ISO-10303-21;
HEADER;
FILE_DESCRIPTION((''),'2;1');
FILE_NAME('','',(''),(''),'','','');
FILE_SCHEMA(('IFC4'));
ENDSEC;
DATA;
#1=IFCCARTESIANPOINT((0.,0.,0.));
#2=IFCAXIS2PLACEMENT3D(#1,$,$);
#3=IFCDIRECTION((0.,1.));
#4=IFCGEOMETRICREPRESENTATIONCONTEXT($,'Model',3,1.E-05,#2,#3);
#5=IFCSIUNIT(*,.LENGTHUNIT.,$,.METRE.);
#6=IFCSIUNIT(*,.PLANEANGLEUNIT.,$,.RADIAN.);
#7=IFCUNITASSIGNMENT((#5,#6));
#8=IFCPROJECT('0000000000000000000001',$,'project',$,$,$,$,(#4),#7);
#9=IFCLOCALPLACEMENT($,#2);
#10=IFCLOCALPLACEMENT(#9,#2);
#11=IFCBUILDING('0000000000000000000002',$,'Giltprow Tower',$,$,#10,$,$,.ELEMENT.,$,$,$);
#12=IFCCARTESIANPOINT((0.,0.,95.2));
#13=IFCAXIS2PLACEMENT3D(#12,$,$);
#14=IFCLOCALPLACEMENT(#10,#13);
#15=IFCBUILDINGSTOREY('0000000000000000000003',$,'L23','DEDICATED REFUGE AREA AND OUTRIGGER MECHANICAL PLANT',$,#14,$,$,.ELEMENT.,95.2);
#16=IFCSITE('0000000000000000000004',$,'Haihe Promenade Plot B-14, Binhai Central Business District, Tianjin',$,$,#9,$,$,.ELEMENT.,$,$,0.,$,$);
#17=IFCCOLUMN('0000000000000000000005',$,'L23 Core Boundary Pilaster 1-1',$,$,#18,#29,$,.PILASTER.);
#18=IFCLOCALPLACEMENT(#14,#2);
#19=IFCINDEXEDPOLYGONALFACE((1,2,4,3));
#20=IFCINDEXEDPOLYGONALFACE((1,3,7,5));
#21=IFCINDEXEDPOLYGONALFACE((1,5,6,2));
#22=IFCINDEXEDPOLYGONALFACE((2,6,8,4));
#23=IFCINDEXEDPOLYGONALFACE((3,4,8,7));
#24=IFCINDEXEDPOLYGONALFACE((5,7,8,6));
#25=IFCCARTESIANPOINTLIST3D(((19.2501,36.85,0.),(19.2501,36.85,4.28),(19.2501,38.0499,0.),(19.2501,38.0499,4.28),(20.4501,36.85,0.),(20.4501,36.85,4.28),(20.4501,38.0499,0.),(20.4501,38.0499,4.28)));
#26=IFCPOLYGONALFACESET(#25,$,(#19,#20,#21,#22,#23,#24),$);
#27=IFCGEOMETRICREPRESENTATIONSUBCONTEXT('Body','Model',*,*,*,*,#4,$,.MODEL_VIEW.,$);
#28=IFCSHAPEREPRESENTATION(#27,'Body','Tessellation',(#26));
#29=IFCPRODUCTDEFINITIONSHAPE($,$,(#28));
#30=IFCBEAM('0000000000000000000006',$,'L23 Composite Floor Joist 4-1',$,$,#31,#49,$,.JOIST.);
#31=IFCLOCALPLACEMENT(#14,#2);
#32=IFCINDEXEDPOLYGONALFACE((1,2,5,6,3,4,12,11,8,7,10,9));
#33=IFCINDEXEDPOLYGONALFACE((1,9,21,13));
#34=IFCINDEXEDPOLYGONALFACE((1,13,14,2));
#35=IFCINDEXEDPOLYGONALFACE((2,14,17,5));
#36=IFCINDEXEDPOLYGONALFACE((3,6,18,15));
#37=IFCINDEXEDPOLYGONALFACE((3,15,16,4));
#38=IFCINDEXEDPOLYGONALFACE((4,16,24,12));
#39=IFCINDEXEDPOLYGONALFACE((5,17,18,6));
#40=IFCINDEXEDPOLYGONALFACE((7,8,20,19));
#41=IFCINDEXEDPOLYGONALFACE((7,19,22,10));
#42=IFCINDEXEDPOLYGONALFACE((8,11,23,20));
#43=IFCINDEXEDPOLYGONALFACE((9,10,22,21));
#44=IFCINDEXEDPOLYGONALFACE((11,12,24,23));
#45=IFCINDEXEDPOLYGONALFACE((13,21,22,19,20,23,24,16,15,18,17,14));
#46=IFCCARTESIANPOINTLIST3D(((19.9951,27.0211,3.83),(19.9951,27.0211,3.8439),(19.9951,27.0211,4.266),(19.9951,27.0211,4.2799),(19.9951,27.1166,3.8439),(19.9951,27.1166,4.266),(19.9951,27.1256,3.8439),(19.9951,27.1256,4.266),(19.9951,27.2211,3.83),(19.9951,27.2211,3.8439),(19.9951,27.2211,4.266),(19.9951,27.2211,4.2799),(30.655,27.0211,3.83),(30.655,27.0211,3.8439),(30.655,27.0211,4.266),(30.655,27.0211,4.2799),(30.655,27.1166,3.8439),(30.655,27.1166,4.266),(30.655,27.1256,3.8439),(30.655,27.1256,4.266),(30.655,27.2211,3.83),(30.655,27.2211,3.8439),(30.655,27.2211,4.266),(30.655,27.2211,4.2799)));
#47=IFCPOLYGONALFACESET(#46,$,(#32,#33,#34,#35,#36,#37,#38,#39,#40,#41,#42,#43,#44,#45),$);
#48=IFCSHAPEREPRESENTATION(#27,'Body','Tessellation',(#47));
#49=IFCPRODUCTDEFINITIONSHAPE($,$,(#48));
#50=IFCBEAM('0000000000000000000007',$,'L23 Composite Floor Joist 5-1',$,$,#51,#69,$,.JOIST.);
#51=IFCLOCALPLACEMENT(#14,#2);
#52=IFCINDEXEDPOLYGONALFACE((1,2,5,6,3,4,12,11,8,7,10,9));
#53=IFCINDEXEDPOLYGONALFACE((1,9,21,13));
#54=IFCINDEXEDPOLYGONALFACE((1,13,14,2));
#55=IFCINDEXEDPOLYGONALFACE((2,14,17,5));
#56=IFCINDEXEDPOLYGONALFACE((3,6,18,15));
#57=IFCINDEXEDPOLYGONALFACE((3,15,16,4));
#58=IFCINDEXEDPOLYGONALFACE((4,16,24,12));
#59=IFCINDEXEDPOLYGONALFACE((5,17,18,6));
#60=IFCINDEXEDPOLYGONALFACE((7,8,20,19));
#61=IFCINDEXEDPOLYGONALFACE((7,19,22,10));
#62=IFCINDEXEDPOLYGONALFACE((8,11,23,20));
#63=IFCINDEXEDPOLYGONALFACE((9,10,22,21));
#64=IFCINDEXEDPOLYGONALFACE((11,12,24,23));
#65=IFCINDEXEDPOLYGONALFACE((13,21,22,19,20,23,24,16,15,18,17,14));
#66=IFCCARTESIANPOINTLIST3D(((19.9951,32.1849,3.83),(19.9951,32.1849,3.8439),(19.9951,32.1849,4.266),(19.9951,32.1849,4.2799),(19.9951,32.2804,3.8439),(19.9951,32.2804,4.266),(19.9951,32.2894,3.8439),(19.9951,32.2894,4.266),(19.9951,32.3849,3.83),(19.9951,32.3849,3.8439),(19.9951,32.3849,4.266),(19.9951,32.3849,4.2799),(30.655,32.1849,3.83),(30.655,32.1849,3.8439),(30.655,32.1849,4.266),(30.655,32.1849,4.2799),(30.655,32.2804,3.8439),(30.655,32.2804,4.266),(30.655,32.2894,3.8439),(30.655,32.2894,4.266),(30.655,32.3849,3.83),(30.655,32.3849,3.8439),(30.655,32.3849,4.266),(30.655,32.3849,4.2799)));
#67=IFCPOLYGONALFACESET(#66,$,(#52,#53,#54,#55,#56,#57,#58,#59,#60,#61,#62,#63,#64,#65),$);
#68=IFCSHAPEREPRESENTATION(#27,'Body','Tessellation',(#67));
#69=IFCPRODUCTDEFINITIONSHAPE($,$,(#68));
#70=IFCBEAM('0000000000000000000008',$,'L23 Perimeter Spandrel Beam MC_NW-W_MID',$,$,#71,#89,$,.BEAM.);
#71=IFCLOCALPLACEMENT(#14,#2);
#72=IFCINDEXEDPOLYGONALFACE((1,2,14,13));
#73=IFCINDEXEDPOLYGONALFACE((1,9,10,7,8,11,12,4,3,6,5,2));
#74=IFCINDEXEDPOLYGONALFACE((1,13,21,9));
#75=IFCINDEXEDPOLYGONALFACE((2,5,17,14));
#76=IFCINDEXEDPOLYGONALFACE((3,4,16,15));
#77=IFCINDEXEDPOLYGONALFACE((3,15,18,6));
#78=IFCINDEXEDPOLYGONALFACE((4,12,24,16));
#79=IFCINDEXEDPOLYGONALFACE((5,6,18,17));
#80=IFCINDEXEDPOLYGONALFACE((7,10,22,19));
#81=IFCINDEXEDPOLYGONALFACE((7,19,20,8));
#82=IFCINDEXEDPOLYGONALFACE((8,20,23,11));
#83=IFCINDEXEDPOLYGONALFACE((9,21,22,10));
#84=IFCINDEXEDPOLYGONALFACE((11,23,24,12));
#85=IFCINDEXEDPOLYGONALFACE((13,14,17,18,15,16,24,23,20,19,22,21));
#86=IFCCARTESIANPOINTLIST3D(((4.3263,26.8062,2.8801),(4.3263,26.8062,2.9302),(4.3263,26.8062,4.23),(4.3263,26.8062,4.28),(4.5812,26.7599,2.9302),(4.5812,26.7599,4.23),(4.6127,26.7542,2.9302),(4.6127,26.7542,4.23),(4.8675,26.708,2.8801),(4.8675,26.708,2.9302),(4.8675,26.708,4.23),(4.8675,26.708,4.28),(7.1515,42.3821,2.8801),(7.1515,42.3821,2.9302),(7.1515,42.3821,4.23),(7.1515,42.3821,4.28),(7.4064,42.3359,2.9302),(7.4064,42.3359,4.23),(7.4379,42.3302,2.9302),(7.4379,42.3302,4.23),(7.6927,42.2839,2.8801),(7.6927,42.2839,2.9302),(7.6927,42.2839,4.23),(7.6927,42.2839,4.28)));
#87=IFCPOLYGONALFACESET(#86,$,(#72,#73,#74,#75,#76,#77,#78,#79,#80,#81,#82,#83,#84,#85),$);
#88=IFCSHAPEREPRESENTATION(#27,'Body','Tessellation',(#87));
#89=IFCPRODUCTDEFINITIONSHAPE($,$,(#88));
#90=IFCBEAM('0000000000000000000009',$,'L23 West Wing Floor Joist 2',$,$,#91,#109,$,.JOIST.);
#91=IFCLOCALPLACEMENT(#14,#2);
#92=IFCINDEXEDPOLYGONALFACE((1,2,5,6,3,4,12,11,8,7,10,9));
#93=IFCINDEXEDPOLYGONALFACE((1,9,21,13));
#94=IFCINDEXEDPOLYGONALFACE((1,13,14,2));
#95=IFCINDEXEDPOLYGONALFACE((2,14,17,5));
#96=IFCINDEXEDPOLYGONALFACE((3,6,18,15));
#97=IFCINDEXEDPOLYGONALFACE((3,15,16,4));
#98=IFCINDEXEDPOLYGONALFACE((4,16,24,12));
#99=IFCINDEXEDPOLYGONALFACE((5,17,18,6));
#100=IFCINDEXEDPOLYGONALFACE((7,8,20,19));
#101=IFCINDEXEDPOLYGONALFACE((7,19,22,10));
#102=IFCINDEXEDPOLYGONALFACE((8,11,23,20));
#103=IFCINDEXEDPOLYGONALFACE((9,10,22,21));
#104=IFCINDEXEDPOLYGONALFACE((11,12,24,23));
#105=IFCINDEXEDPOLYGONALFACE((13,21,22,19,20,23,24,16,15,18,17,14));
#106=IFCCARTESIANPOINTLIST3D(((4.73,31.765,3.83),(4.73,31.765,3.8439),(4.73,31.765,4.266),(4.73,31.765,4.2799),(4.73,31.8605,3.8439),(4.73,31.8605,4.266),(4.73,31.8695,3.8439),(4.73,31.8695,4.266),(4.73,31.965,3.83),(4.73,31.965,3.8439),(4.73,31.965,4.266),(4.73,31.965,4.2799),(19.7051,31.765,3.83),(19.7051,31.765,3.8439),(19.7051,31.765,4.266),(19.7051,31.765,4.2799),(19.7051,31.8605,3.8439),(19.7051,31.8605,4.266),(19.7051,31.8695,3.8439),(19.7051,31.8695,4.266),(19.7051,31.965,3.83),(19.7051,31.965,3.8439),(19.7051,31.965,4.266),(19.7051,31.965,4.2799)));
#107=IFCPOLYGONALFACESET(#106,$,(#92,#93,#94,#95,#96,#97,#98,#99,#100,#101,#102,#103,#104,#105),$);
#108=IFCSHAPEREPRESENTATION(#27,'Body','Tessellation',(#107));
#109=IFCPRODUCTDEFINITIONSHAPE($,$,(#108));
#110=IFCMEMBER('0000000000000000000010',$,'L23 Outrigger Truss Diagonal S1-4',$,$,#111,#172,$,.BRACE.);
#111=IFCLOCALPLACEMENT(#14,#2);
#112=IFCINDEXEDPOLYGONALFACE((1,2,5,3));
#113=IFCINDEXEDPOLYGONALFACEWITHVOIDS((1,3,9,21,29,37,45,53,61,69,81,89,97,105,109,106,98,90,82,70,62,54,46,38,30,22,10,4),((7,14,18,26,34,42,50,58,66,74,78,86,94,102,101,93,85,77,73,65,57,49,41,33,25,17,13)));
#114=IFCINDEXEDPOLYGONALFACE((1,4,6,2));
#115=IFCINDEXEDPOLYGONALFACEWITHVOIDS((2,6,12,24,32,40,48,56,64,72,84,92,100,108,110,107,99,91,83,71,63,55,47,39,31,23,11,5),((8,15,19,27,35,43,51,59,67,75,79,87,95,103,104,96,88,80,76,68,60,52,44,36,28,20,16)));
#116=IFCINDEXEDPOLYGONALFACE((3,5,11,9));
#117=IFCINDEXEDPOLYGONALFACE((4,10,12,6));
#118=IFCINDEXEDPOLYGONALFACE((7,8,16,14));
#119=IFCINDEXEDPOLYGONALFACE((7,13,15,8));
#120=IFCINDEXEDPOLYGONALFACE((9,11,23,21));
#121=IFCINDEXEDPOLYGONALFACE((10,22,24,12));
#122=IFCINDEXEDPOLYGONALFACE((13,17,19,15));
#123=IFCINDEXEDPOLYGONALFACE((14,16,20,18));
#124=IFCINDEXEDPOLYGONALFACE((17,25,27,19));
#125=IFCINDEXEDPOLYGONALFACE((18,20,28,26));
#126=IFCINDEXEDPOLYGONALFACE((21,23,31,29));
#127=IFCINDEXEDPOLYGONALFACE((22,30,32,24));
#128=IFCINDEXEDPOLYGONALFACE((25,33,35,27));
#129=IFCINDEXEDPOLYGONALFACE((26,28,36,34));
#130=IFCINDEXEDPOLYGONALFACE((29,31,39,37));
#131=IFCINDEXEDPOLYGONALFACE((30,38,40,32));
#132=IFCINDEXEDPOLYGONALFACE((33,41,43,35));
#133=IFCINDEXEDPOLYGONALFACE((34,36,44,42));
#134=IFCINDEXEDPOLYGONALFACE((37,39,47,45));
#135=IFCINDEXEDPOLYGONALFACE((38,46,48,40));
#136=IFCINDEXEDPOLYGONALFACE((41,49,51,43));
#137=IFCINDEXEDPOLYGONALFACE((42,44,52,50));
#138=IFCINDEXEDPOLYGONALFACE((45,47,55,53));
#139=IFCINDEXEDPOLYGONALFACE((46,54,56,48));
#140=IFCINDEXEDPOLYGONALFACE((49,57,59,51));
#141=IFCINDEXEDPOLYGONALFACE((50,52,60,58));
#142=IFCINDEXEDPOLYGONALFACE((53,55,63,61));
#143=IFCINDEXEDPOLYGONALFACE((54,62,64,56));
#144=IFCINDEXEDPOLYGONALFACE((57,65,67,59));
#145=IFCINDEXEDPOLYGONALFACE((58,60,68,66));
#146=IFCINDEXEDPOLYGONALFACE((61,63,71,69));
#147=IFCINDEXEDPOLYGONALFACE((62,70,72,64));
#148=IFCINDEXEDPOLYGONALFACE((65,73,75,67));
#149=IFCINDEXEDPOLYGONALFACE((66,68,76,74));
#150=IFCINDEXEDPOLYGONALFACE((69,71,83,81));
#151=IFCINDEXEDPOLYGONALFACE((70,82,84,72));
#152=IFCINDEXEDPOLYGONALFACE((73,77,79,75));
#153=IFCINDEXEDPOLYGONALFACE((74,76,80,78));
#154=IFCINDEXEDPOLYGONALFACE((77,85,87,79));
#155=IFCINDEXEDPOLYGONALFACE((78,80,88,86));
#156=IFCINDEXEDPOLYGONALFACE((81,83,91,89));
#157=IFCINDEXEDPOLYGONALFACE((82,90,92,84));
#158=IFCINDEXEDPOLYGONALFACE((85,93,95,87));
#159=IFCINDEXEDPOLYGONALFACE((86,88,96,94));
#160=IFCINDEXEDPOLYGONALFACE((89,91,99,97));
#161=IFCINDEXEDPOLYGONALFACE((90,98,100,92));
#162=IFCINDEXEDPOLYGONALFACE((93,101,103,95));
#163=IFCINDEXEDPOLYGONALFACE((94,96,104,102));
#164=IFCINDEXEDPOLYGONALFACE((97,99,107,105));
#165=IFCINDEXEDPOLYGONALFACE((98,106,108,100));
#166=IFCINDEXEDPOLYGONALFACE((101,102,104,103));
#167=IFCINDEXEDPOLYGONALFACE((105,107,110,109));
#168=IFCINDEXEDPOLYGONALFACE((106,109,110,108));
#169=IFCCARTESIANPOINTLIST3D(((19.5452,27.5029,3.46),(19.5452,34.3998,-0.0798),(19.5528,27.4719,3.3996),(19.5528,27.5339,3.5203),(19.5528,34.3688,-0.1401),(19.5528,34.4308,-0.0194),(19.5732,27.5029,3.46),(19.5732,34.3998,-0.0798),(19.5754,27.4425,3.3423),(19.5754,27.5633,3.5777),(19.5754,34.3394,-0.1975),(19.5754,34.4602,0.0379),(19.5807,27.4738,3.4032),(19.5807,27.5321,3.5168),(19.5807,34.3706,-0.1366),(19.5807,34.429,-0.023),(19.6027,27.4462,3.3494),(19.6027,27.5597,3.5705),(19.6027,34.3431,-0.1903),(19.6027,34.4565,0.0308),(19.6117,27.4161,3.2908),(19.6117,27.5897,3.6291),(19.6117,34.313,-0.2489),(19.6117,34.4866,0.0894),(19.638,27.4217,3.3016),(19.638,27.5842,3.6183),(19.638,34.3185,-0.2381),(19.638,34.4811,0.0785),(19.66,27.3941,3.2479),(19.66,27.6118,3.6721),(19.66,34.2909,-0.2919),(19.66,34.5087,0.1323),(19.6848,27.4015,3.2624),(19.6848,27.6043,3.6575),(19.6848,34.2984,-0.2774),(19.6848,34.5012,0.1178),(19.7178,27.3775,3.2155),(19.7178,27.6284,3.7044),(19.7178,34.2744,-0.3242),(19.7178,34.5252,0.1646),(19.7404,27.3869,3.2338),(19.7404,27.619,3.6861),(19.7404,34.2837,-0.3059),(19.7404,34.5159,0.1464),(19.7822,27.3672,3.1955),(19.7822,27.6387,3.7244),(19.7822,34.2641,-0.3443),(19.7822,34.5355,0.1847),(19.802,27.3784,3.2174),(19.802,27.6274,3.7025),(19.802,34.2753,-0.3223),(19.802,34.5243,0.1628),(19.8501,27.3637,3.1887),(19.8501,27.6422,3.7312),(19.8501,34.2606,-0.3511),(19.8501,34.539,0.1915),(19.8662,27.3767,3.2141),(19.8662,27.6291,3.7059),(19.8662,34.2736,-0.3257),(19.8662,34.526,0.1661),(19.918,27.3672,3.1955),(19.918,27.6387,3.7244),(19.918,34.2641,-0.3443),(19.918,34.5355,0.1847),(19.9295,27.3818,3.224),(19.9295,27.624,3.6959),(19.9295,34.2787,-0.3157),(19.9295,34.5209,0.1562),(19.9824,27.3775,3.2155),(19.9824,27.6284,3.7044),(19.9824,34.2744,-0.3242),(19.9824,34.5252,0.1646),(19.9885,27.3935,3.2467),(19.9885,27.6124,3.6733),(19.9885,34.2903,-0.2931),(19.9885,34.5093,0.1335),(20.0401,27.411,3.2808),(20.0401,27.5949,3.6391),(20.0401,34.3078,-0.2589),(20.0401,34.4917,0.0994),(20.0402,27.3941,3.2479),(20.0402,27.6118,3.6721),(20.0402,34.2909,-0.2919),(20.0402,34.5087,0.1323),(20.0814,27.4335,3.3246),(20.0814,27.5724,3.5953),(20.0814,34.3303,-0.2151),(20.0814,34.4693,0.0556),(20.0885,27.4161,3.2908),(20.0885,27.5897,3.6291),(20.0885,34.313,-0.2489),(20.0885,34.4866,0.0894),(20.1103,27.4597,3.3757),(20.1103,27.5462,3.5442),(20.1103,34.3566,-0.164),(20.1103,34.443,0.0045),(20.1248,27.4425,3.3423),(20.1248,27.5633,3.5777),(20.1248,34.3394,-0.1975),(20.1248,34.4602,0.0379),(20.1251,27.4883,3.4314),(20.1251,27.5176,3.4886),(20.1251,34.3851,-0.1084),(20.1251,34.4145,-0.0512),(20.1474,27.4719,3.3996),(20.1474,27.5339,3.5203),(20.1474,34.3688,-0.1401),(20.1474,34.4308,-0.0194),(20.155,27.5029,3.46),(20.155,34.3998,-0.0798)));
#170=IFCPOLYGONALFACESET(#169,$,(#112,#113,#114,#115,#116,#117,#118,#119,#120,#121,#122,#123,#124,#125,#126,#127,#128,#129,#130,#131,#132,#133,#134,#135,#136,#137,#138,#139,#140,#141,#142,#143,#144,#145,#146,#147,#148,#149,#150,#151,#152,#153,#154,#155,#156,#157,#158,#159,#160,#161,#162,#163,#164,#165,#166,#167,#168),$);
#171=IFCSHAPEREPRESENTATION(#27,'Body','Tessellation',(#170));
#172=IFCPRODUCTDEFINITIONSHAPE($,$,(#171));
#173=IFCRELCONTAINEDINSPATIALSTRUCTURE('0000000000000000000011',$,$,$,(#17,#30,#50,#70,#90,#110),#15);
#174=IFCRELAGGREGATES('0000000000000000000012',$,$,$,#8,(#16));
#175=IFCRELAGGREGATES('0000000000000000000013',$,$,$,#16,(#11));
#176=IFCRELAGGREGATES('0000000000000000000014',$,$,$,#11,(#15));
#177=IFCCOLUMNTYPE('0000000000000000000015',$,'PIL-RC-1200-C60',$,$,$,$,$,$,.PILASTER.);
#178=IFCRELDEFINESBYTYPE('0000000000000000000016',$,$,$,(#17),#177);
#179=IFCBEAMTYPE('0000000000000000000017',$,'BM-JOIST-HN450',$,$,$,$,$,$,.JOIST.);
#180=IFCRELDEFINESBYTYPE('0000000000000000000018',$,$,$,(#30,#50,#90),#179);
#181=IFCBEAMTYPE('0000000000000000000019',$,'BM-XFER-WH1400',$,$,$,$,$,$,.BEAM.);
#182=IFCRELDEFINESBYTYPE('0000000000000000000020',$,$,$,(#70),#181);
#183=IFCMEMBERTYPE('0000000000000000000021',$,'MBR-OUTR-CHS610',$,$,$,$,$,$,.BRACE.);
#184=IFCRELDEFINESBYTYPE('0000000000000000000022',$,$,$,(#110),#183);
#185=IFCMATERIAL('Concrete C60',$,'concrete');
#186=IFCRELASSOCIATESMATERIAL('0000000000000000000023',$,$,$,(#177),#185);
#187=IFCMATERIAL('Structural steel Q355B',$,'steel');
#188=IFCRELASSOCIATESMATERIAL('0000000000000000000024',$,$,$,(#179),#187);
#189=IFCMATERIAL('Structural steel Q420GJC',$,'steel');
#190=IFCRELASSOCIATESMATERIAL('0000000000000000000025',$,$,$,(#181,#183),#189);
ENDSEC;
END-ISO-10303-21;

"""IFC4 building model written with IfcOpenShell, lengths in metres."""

from ifc_helpers import new_model, si_unit, direction, frame, origin, origin_2d, place, context, subcontext, project, spatial, rectangle, hollow_circle, i_section, extrude, source, transform, mapped, material, material_profile, profile_set, type_object, element, save


model = new_model("IFC4")

# Units and contexts
model_context = context("Model", 3, precision=1e-05, world=origin(), true_north=direction((0.0, 1.0)))
body_context = subcontext(model_context, "Body", "Model", "MODEL_VIEW")
ifc_project = project(units=[si_unit("LENGTHUNIT", "METRE"), si_unit("PLANEANGLEUNIT", "RADIAN")], contexts=[model_context])

# Site, building, storey
site_placement = place(None, origin())
site = spatial("IfcSite", under=ifc_project, at=site_placement, Name="Haihe Promenade Plot B-14, Binhai Central Business District, Tianjin", CompositionType="ELEMENT", RefElevation=0.0)
building_placement = place(site_placement, origin())
building = spatial("IfcBuilding", under=site, at=building_placement, Name="Giltprow Tower", CompositionType="ELEMENT")
storey_placement = place(building_placement, frame((0.0, 0.0, 95.2)))
storey = spatial("IfcBuildingStorey", under=building, at=storey_placement, Name="L23", Description="DEDICATED REFUGE AREA AND OUTRIGGER MECHANICAL PLANT", CompositionType="ELEMENT", Elevation=95.2)

# Column
ifc_material_1 = material(Name="Concrete C60", Category="concrete")
ifc_material_profile_1 = material_profile(ifc_material_1, rectangle(XDim=1.2, YDim=1.2, at=origin_2d()), Name="RC 1200x1200")
ifc_profile_set_1 = profile_set([ifc_material_profile_1], Name="Concrete C60")
column_type = type_object("IfcColumnType", Name="PIL-RC-1200-C60", PredefinedType="PILASTER", material=ifc_profile_set_1)
shared_shape_1 = source(origin(), body_context, "Body", "SweptSolid", [
    extrude(rectangle(XDim=1.2, YDim=1.2, at=origin_2d()), origin(), (0.0, 0.0, 1.0), 4.28),
])
column_placement = place(storey_placement, frame((19.8501, 37.45, 0.0), z_axis=(0.0, 0.0, 1.0), x_axis=(1.0, 0.0, 0.0)))
element("IfcColumn", 1, at=column_placement, inside=storey, type_object=column_type, Name="L23 Core Boundary Pilaster 1-1", PredefinedType="PILASTER", context=body_context, shape_type="MappedRepresentation", body=[
    mapped(shared_shape_1, transform((0.0, 0.0, 0.0), x_axis=(1.0, 0.0, 0.0), y_axis=(0.0, 1.0, 0.0), z_axis=(0.0, 0.0, 1.0), scale=1.0)),
])

# Beams
ifc_material_2 = material(Name="Structural steel Q355B", Category="steel")
ifc_material_profile_2 = material_profile(ifc_material_2, i_section(OverallWidth=0.2, OverallDepth=0.45, WebThickness=0.009, FlangeThickness=0.0139, at=origin_2d()), Name="HN 450x200x9x14")
ifc_profile_set_2 = profile_set([ifc_material_profile_2], Name="Structural steel Q355B")
beam_type_1 = type_object("IfcBeamType", Name="BM-JOIST-HN450", PredefinedType="JOIST", material=ifc_profile_set_2)
shared_shape_2 = source(origin(), body_context, "Body", "SweptSolid", [
    extrude(i_section(OverallWidth=0.2, OverallDepth=0.45, WebThickness=0.009, FlangeThickness=0.0139, at=origin_2d()), origin(), (0.0, 0.0, 1.0), 10.6599),
])
for number, where, z_axis, x_axis, name in (
    (2, (19.9951, 27.1211, 4.0549), (1.0, 0.0, 0.0), (0.0, 1.0, 0.0), "L23 Composite Floor Joist 4-1"),
    (3, (19.9951, 32.2849, 4.0549), (1.0, 0.0, 0.0), (0.0, 1.0, 0.0), "L23 Composite Floor Joist 5-1"),
):
    element("IfcBeam", number, at=place(storey_placement, frame(where, z_axis=z_axis, x_axis=x_axis)), inside=storey, type_object=beam_type_1, Name=name, PredefinedType="JOIST", context=body_context, shape_type="MappedRepresentation", body=[
        mapped(shared_shape_2, transform((0.0, 0.0, 0.0), x_axis=(1.0, 0.0, 0.0), y_axis=(0.0, 1.0, 0.0), z_axis=(0.0, 0.0, 1.0), scale=1.0)),
    ])
ifc_material_3 = material(Name="Structural steel Q420GJC", Category="steel")
ifc_material_profile_3 = material_profile(ifc_material_3, i_section(OverallWidth=0.55, OverallDepth=1.3999, WebThickness=0.032, FlangeThickness=0.05, at=origin_2d()), Name="WH 1400x550x32x50")
ifc_profile_set_3 = profile_set([ifc_material_profile_3], Name="Structural steel Q420GJC")
beam_type_2 = type_object("IfcBeamType", Name="BM-XFER-WH1400", PredefinedType="BEAM", material=ifc_profile_set_3)
shared_shape_3 = source(origin(), body_context, "Body", "SweptSolid", [
    extrude(i_section(OverallWidth=0.55, OverallDepth=1.3999, WebThickness=0.032, FlangeThickness=0.05, at=origin_2d()), origin(), (0.0, 0.0, 1.0), 15.8301),
])
beam_1_placement = place(storey_placement, frame((7.4221, 42.333, 3.5801), z_axis=(-0.17847, -0.983945, 0.0), x_axis=(0.983945, -0.17847, 0.0)))
element("IfcBeam", 4, at=beam_1_placement, inside=storey, type_object=beam_type_2, Name="L23 Perimeter Spandrel Beam MC_NW-W_MID", PredefinedType="BEAM", context=body_context, shape_type="MappedRepresentation", body=[
    mapped(shared_shape_3, transform((0.0, 0.0, 0.0), x_axis=(1.0, 0.0, 0.0), y_axis=(0.0, 1.0, 0.0), z_axis=(0.0, 0.0, 1.0), scale=1.0)),
])
shared_shape_4 = source(origin(), body_context, "Body", "SweptSolid", [
    extrude(i_section(OverallWidth=0.2, OverallDepth=0.45, WebThickness=0.009, FlangeThickness=0.0139, at=origin_2d()), origin(), (0.0, 0.0, 1.0), 14.9751),
])
beam_2_placement = place(storey_placement, frame((4.73, 31.865, 4.0549), z_axis=(1.0, 0.0, 0.0), x_axis=(0.0, 1.0, 0.0)))
element("IfcBeam", 5, at=beam_2_placement, inside=storey, type_object=beam_type_1, Name="L23 West Wing Floor Joist 2", PredefinedType="JOIST", context=body_context, shape_type="MappedRepresentation", body=[
    mapped(shared_shape_4, transform((0.0, 0.0, 0.0), x_axis=(1.0, 0.0, 0.0), y_axis=(0.0, 1.0, 0.0), z_axis=(0.0, 0.0, 1.0), scale=1.0)),
])

# Member
ifc_material_profile_4 = material_profile(ifc_material_3, hollow_circle(Radius=0.3049, WallThickness=0.0281, at=origin_2d()), Name="CHS 610x28")
ifc_profile_set_4 = profile_set([ifc_material_profile_4], Name="Structural steel Q420GJC")
member_type_1 = type_object("IfcMemberType", Name="MBR-OUTR-CHS610", PredefinedType="BRACE", material=ifc_profile_set_4)
shared_shape_5 = source(origin(), body_context, "Body", "SweptSolid", [
    extrude(hollow_circle(Radius=0.3049, WallThickness=0.0281, at=origin_2d()), origin(), (0.0, 0.0, 1.0), 7.7522),
])
member_1_placement = place(storey_placement, frame((19.8501, 27.5029, 3.46), z_axis=(0.0, 0.889666, -0.456611), x_axis=(-1.0, 0.0, 0.0)))
element("IfcMember", 6, at=member_1_placement, inside=storey, type_object=member_type_1, Name="L23 Outrigger Truss Diagonal S1-4", PredefinedType="BRACE", context=body_context, shape_type="MappedRepresentation", body=[
    mapped(shared_shape_5, transform((0.0, 0.0, 0.0), x_axis=(1.0, 0.0, 0.0), y_axis=(0.0, 1.0, 0.0), z_axis=(0.0, 0.0, 1.0), scale=1.0)),
])

save(model, "model.ifc")
